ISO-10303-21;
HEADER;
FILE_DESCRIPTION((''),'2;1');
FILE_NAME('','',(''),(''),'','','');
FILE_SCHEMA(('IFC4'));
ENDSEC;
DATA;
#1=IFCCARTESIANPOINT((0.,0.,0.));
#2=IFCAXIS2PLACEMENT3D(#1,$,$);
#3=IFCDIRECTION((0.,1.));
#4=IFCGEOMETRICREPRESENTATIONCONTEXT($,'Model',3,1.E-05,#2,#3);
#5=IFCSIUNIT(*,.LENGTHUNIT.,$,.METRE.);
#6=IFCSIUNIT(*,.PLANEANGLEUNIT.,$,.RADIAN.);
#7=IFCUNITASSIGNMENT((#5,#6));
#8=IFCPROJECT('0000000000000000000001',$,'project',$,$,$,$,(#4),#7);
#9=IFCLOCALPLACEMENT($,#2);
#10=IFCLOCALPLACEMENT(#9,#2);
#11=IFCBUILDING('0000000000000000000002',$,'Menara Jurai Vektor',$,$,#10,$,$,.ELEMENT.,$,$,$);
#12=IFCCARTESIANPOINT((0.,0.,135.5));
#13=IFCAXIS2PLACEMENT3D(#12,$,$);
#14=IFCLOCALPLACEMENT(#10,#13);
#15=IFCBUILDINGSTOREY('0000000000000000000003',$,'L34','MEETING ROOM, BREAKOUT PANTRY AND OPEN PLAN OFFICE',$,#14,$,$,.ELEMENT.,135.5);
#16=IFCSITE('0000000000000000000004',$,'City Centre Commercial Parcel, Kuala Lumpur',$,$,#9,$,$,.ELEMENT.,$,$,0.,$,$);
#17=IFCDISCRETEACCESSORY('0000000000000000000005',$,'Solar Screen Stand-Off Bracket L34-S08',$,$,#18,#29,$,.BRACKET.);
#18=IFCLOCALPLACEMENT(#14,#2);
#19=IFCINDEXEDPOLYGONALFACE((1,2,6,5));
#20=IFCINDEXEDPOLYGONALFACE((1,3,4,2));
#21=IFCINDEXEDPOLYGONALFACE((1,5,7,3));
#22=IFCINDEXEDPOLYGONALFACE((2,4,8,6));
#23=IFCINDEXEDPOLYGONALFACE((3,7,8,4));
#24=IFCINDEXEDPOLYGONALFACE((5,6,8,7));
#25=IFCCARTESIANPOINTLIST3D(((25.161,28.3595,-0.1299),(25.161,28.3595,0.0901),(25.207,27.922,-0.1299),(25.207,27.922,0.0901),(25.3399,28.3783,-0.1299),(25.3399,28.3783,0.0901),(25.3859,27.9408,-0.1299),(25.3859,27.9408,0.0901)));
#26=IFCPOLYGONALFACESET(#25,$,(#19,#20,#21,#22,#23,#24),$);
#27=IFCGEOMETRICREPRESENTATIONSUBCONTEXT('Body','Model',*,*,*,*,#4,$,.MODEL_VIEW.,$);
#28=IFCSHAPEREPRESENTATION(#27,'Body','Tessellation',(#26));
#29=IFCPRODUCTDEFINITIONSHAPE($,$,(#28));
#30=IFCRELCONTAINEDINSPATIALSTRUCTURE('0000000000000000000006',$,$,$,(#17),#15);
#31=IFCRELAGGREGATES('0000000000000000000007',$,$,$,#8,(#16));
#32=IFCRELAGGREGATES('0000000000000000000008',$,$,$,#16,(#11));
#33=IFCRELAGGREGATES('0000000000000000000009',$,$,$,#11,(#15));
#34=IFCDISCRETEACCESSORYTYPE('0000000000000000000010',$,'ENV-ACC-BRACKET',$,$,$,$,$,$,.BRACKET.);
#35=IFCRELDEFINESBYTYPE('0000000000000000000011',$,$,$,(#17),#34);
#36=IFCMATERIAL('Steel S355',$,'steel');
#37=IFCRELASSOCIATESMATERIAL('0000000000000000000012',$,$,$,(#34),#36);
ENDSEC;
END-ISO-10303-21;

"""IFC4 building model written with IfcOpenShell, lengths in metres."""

from ifc_helpers import new_model, si_unit, direction, frame, origin, origin_2d, place, context, subcontext, project, spatial, rectangle, extrude, material, type_object, element, save


model = new_model("IFC4")

# Units and contexts
model_context = context("Model", 3, precision=1e-05, world=origin(), true_north=direction((0.0, 1.0)))
body_context = subcontext(model_context, "Body", "Model", "MODEL_VIEW")
ifc_project = project(units=[si_unit("LENGTHUNIT", "METRE"), si_unit("PLANEANGLEUNIT", "RADIAN")], contexts=[model_context])

# Site, building, storey
site_placement = place(None, origin())
site = spatial("IfcSite", under=ifc_project, at=site_placement, Name="City Centre Commercial Parcel, Kuala Lumpur", CompositionType="ELEMENT", RefElevation=0.0)
building_placement = place(site_placement, origin())
building = spatial("IfcBuilding", under=site, at=building_placement, Name="Menara Jurai Vektor", CompositionType="ELEMENT")
storey_placement = place(building_placement, frame((0.0, 0.0, 135.5)))
storey = spatial("IfcBuildingStorey", under=building, at=storey_placement, Name="L34", Description="MEETING ROOM, BREAKOUT PANTRY AND OPEN PLAN OFFICE", CompositionType="ELEMENT", Elevation=135.5)

# Shared definitions
ifc_material_1 = material(Name="Steel S355", Category="steel")

# Discrete accessory
discrete_accessory_type = type_object("IfcDiscreteAccessoryType", Name="ENV-ACC-BRACKET", PredefinedType="BRACKET", material=ifc_material_1)
discrete_accessory_placement = place(storey_placement, frame((25.2734, 28.1501, -0.1299), z_axis=(0.0, 0.0, 1.0), x_axis=(-0.994522, -0.104528, 0.0)))
element("IfcDiscreteAccessory", 1, at=discrete_accessory_placement, inside=storey, type_object=discrete_accessory_type, Name="Solar Screen Stand-Off Bracket L34-S08", PredefinedType="BRACKET", context=body_context, shape_type="SweptSolid", body=[
    extrude(rectangle(XDim=0.1799, YDim=0.4399, at=origin_2d()), origin(), (0.0, 0.0, 1.0), 0.22),
])

save(model, "model.ifc")
